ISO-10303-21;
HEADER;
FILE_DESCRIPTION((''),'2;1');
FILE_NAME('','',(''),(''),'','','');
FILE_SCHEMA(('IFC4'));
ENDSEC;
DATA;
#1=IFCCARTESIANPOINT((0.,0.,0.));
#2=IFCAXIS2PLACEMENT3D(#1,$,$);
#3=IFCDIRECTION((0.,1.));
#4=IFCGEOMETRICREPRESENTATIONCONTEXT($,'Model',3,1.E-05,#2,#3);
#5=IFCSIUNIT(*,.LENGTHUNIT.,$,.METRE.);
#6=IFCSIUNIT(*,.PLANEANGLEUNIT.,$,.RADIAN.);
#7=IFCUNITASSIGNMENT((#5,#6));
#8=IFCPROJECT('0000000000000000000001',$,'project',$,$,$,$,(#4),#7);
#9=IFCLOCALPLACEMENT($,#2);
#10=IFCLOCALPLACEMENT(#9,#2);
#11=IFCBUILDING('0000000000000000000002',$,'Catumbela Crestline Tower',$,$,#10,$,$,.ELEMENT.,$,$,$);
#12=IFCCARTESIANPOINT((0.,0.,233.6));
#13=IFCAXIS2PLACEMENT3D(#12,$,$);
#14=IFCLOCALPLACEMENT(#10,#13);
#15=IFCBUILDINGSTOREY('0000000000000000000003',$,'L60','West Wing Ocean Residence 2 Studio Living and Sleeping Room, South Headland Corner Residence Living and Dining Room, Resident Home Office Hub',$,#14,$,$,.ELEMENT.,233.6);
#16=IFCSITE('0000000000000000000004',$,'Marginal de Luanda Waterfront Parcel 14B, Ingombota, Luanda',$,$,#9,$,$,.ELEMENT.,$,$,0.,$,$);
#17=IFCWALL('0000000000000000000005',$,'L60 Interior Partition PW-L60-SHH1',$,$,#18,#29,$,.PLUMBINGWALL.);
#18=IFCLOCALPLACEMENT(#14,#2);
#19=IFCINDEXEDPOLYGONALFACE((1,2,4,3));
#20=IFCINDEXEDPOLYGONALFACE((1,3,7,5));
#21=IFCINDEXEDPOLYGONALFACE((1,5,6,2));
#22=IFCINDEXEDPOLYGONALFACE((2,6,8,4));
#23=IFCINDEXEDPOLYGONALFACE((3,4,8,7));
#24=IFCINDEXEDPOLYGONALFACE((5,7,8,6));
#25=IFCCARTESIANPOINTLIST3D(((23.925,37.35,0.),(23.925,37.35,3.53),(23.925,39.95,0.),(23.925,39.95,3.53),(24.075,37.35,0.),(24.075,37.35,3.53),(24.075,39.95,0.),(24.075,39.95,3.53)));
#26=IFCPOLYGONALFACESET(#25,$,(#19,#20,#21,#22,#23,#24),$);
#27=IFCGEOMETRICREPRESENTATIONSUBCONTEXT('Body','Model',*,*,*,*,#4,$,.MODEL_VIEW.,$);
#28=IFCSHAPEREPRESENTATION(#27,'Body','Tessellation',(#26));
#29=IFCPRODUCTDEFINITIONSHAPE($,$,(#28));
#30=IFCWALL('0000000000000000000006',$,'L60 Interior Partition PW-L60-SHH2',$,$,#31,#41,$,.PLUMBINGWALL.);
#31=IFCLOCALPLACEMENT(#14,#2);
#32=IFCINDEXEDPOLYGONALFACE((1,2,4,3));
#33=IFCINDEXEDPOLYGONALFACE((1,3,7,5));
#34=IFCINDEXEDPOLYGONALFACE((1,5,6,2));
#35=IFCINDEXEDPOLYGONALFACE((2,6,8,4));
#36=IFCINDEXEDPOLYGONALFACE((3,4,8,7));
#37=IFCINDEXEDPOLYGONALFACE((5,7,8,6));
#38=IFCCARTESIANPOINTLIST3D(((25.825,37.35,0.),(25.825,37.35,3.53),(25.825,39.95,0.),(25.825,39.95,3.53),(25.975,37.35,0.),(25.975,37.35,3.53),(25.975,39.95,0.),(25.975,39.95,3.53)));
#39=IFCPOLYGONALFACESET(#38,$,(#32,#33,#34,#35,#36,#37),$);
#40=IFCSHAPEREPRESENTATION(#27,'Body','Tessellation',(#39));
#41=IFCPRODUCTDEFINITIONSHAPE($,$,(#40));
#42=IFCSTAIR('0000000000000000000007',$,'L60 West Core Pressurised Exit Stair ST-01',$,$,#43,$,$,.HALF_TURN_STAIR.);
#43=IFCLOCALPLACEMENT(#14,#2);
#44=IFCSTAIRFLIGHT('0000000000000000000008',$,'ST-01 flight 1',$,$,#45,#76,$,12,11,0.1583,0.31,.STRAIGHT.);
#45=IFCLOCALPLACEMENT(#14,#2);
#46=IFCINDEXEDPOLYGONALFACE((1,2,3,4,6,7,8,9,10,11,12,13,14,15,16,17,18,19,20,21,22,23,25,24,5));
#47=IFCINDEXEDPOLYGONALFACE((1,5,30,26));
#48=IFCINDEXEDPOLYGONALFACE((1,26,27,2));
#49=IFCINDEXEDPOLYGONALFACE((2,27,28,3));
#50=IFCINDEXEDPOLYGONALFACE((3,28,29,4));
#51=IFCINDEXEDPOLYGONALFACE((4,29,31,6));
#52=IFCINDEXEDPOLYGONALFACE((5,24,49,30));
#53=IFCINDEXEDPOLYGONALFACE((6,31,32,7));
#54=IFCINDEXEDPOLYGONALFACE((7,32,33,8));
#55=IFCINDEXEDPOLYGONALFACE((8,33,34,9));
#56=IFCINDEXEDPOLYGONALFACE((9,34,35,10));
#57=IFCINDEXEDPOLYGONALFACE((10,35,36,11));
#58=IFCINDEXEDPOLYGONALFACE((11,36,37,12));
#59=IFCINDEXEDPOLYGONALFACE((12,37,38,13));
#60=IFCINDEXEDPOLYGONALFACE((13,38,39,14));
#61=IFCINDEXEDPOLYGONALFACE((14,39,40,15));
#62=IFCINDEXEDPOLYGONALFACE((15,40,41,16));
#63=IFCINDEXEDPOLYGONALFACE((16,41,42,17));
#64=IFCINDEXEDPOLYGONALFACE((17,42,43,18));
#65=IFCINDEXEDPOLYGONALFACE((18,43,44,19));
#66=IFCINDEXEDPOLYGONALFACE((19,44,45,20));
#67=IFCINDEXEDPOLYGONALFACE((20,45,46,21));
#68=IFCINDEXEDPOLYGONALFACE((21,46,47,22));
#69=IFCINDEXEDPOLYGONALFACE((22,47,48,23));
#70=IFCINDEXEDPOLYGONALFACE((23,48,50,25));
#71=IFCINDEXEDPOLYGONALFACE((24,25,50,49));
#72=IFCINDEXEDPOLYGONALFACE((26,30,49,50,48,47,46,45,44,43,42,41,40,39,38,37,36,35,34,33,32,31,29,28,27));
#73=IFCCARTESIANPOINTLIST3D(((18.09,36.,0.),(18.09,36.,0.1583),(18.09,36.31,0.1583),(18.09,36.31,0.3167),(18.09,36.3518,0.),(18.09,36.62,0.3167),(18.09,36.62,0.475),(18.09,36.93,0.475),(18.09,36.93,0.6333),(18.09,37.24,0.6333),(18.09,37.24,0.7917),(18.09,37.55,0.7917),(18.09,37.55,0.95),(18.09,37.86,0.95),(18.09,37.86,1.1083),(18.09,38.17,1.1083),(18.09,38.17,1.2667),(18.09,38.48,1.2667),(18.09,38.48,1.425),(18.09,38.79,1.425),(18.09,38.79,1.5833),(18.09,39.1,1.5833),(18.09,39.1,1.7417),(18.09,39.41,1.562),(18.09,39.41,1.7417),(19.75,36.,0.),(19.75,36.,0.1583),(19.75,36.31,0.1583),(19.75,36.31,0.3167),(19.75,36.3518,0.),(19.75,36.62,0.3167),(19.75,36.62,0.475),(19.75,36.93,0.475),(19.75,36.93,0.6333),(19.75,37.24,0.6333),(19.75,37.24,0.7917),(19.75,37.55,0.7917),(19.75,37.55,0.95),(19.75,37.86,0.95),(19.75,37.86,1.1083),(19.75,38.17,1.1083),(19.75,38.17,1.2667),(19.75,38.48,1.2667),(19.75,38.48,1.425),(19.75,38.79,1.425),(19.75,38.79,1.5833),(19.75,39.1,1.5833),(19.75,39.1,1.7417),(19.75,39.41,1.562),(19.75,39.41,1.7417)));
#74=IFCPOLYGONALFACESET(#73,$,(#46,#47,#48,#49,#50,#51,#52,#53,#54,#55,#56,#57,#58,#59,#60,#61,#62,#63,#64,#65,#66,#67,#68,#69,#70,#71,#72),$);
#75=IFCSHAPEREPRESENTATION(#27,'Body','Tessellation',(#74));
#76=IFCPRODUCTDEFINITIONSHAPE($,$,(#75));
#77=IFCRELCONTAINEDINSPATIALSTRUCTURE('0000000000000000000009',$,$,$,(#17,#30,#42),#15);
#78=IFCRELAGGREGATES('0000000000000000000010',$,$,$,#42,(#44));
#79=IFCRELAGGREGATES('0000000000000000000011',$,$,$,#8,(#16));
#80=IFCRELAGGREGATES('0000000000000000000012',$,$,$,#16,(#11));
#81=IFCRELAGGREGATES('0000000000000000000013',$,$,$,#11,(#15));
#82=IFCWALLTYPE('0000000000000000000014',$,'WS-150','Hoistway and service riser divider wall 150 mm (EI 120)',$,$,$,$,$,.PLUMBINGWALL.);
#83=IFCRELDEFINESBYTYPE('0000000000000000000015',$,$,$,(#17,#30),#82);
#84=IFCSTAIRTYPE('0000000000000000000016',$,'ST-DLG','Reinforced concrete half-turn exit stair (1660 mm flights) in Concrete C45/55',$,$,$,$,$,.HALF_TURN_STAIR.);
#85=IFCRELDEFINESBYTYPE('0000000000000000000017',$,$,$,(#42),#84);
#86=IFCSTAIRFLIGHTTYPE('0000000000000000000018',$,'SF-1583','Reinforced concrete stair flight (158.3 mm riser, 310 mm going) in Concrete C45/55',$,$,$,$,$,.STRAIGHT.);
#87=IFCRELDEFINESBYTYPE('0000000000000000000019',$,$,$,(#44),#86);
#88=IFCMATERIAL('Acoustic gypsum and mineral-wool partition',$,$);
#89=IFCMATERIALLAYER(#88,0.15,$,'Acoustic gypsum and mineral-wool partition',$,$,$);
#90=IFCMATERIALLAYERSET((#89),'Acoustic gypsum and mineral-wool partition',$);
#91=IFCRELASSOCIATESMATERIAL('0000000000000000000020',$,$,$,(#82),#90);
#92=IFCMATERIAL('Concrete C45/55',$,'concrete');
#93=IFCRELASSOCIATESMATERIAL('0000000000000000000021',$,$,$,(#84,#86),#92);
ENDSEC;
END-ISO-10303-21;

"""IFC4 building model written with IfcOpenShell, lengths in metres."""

from ifc_helpers import new_model, si_unit, direction, frame, frame_2d, origin, place, context, subcontext, project, spatial, polyline, rectangle, outline, extrude, material, layer, layer_set, type_object, element, aggregate, save


model = new_model("IFC4")

# Units and contexts
model_context = context("Model", 3, precision=1e-05, world=origin(), true_north=direction((0.0, 1.0)))
body_context = subcontext(model_context, "Body", "Model", "MODEL_VIEW")
ifc_project = project(units=[si_unit("LENGTHUNIT", "METRE"), si_unit("PLANEANGLEUNIT", "RADIAN")], contexts=[model_context])

# Site, building, storey
site_placement = place(None, origin())
site = spatial("IfcSite", under=ifc_project, at=site_placement, Name="Marginal de Luanda Waterfront Parcel 14B, Ingombota, Luanda", CompositionType="ELEMENT", RefElevation=0.0)
building_placement = place(site_placement, origin())
building = spatial("IfcBuilding", under=site, at=building_placement, Name="Catumbela Crestline Tower", CompositionType="ELEMENT")
storey_placement = place(building_placement, frame((0.0, 0.0, 233.6)))
storey = spatial("IfcBuildingStorey", under=building, at=storey_placement, Name="L60", Description="West Wing Ocean Residence 2 Studio Living and Sleeping Room, South Headland Corner Residence Living and Dining Room, Resident Home Office Hub", CompositionType="ELEMENT", Elevation=233.6)

# Shared definitions
ifc_material_1 = material(Name="Acoustic gypsum and mineral-wool partition")

# Walls
ifc_layer_1 = layer(ifc_material_1, 0.15, Name="Acoustic gypsum and mineral-wool partition")
ifc_layer_set_1 = layer_set([ifc_layer_1], Name="Acoustic gypsum and mineral-wool partition")
wall_type_1 = type_object("IfcWallType", Name="WS-150", Description="Hoistway and service riser divider wall 150 mm (EI 120)", PredefinedType="PLUMBINGWALL", material=ifc_layer_set_1)
for number, where, z_axis, x_axis, name in (
    (1, (24.0, 37.35, 0.0), (0.0, 0.0, 1.0), (0.0, 1.0, 0.0), "L60 Interior Partition PW-L60-SHH1"),
    (2, (25.9, 37.35, 0.0), (0.0, 0.0, 1.0), (0.0, 1.0, 0.0), "L60 Interior Partition PW-L60-SHH2"),
):
    element("IfcWall", number, at=place(storey_placement, frame(where, z_axis=z_axis, x_axis=x_axis)), inside=storey, type_object=wall_type_1, Name=name, PredefinedType="PLUMBINGWALL", context=body_context, shape_type="SweptSolid", body=[
        extrude(rectangle(XDim=2.6, YDim=0.15, at=frame_2d((1.3, 0.0))), origin(), (0.0, 0.0, 1.0), 3.53),
    ])

# Stair, stair flight
ifc_material_2 = material(Name="Concrete C45/55", Category="concrete")
stair_type = type_object("IfcStairType", Name="ST-DLG", Description="Reinforced concrete half-turn exit stair (1660 mm flights) in Concrete C45/55", PredefinedType="HALF_TURN_STAIR", material=ifc_material_2)
stair_placement = place(storey_placement, origin())
stair = element("IfcStair", 3, at=stair_placement, inside=storey, type_object=stair_type, Name="L60 West Core Pressurised Exit Stair ST-01", PredefinedType="HALF_TURN_STAIR")
stair_flight_type = type_object("IfcStairFlightType", Name="SF-1583", Description="Reinforced concrete stair flight (158.3 mm riser, 310 mm going) in Concrete C45/55", PredefinedType="STRAIGHT", material=ifc_material_2)
stair_flight_placement = place(storey_placement, frame((18.92, 36.0, 0.0), z_axis=(0.0, 0.0, 1.0), x_axis=(0.0, 1.0, 0.0)))
stair_flight = element("IfcStairFlight", 4, at=stair_flight_placement, type_object=stair_flight_type, Name="ST-01 flight 1", NumberOfRisers=12, NumberOfTreads=11, PredefinedType="STRAIGHT", RiserHeight=0.1583, TreadLength=0.31, context=body_context, shape_type="SweptSolid", body=[
    extrude(outline(polyline([(0.0, 0.0), (0.0, 0.1583), (0.31, 0.1583), (0.31, 0.3167), (0.62, 0.3167), (0.62, 0.475), (0.93, 0.475), (0.93, 0.6333), (1.24, 0.6333), (1.24, 0.7917), (1.55, 0.7917), (1.55, 0.95), (1.86, 0.95), (1.86, 1.1083), (2.17, 1.1083), (2.17, 1.2667), (2.48, 1.2667), (2.48, 1.425), (2.79, 1.425), (2.79, 1.5833), (3.1, 1.5833), (3.1, 1.7417), (3.41, 1.7417), (3.41, 1.9), (3.41, 1.562), (0.3518, 0.0), (0.0, 0.0)])), frame((0.0, 0.83, 0.0), z_axis=(0.0, -1.0, 0.0), x_axis=(1.0, 0.0, 0.0)), (0.0, 0.0, 1.0), 1.66),
])
aggregate(stair, [stair_flight])

save(model, "model.ifc")
